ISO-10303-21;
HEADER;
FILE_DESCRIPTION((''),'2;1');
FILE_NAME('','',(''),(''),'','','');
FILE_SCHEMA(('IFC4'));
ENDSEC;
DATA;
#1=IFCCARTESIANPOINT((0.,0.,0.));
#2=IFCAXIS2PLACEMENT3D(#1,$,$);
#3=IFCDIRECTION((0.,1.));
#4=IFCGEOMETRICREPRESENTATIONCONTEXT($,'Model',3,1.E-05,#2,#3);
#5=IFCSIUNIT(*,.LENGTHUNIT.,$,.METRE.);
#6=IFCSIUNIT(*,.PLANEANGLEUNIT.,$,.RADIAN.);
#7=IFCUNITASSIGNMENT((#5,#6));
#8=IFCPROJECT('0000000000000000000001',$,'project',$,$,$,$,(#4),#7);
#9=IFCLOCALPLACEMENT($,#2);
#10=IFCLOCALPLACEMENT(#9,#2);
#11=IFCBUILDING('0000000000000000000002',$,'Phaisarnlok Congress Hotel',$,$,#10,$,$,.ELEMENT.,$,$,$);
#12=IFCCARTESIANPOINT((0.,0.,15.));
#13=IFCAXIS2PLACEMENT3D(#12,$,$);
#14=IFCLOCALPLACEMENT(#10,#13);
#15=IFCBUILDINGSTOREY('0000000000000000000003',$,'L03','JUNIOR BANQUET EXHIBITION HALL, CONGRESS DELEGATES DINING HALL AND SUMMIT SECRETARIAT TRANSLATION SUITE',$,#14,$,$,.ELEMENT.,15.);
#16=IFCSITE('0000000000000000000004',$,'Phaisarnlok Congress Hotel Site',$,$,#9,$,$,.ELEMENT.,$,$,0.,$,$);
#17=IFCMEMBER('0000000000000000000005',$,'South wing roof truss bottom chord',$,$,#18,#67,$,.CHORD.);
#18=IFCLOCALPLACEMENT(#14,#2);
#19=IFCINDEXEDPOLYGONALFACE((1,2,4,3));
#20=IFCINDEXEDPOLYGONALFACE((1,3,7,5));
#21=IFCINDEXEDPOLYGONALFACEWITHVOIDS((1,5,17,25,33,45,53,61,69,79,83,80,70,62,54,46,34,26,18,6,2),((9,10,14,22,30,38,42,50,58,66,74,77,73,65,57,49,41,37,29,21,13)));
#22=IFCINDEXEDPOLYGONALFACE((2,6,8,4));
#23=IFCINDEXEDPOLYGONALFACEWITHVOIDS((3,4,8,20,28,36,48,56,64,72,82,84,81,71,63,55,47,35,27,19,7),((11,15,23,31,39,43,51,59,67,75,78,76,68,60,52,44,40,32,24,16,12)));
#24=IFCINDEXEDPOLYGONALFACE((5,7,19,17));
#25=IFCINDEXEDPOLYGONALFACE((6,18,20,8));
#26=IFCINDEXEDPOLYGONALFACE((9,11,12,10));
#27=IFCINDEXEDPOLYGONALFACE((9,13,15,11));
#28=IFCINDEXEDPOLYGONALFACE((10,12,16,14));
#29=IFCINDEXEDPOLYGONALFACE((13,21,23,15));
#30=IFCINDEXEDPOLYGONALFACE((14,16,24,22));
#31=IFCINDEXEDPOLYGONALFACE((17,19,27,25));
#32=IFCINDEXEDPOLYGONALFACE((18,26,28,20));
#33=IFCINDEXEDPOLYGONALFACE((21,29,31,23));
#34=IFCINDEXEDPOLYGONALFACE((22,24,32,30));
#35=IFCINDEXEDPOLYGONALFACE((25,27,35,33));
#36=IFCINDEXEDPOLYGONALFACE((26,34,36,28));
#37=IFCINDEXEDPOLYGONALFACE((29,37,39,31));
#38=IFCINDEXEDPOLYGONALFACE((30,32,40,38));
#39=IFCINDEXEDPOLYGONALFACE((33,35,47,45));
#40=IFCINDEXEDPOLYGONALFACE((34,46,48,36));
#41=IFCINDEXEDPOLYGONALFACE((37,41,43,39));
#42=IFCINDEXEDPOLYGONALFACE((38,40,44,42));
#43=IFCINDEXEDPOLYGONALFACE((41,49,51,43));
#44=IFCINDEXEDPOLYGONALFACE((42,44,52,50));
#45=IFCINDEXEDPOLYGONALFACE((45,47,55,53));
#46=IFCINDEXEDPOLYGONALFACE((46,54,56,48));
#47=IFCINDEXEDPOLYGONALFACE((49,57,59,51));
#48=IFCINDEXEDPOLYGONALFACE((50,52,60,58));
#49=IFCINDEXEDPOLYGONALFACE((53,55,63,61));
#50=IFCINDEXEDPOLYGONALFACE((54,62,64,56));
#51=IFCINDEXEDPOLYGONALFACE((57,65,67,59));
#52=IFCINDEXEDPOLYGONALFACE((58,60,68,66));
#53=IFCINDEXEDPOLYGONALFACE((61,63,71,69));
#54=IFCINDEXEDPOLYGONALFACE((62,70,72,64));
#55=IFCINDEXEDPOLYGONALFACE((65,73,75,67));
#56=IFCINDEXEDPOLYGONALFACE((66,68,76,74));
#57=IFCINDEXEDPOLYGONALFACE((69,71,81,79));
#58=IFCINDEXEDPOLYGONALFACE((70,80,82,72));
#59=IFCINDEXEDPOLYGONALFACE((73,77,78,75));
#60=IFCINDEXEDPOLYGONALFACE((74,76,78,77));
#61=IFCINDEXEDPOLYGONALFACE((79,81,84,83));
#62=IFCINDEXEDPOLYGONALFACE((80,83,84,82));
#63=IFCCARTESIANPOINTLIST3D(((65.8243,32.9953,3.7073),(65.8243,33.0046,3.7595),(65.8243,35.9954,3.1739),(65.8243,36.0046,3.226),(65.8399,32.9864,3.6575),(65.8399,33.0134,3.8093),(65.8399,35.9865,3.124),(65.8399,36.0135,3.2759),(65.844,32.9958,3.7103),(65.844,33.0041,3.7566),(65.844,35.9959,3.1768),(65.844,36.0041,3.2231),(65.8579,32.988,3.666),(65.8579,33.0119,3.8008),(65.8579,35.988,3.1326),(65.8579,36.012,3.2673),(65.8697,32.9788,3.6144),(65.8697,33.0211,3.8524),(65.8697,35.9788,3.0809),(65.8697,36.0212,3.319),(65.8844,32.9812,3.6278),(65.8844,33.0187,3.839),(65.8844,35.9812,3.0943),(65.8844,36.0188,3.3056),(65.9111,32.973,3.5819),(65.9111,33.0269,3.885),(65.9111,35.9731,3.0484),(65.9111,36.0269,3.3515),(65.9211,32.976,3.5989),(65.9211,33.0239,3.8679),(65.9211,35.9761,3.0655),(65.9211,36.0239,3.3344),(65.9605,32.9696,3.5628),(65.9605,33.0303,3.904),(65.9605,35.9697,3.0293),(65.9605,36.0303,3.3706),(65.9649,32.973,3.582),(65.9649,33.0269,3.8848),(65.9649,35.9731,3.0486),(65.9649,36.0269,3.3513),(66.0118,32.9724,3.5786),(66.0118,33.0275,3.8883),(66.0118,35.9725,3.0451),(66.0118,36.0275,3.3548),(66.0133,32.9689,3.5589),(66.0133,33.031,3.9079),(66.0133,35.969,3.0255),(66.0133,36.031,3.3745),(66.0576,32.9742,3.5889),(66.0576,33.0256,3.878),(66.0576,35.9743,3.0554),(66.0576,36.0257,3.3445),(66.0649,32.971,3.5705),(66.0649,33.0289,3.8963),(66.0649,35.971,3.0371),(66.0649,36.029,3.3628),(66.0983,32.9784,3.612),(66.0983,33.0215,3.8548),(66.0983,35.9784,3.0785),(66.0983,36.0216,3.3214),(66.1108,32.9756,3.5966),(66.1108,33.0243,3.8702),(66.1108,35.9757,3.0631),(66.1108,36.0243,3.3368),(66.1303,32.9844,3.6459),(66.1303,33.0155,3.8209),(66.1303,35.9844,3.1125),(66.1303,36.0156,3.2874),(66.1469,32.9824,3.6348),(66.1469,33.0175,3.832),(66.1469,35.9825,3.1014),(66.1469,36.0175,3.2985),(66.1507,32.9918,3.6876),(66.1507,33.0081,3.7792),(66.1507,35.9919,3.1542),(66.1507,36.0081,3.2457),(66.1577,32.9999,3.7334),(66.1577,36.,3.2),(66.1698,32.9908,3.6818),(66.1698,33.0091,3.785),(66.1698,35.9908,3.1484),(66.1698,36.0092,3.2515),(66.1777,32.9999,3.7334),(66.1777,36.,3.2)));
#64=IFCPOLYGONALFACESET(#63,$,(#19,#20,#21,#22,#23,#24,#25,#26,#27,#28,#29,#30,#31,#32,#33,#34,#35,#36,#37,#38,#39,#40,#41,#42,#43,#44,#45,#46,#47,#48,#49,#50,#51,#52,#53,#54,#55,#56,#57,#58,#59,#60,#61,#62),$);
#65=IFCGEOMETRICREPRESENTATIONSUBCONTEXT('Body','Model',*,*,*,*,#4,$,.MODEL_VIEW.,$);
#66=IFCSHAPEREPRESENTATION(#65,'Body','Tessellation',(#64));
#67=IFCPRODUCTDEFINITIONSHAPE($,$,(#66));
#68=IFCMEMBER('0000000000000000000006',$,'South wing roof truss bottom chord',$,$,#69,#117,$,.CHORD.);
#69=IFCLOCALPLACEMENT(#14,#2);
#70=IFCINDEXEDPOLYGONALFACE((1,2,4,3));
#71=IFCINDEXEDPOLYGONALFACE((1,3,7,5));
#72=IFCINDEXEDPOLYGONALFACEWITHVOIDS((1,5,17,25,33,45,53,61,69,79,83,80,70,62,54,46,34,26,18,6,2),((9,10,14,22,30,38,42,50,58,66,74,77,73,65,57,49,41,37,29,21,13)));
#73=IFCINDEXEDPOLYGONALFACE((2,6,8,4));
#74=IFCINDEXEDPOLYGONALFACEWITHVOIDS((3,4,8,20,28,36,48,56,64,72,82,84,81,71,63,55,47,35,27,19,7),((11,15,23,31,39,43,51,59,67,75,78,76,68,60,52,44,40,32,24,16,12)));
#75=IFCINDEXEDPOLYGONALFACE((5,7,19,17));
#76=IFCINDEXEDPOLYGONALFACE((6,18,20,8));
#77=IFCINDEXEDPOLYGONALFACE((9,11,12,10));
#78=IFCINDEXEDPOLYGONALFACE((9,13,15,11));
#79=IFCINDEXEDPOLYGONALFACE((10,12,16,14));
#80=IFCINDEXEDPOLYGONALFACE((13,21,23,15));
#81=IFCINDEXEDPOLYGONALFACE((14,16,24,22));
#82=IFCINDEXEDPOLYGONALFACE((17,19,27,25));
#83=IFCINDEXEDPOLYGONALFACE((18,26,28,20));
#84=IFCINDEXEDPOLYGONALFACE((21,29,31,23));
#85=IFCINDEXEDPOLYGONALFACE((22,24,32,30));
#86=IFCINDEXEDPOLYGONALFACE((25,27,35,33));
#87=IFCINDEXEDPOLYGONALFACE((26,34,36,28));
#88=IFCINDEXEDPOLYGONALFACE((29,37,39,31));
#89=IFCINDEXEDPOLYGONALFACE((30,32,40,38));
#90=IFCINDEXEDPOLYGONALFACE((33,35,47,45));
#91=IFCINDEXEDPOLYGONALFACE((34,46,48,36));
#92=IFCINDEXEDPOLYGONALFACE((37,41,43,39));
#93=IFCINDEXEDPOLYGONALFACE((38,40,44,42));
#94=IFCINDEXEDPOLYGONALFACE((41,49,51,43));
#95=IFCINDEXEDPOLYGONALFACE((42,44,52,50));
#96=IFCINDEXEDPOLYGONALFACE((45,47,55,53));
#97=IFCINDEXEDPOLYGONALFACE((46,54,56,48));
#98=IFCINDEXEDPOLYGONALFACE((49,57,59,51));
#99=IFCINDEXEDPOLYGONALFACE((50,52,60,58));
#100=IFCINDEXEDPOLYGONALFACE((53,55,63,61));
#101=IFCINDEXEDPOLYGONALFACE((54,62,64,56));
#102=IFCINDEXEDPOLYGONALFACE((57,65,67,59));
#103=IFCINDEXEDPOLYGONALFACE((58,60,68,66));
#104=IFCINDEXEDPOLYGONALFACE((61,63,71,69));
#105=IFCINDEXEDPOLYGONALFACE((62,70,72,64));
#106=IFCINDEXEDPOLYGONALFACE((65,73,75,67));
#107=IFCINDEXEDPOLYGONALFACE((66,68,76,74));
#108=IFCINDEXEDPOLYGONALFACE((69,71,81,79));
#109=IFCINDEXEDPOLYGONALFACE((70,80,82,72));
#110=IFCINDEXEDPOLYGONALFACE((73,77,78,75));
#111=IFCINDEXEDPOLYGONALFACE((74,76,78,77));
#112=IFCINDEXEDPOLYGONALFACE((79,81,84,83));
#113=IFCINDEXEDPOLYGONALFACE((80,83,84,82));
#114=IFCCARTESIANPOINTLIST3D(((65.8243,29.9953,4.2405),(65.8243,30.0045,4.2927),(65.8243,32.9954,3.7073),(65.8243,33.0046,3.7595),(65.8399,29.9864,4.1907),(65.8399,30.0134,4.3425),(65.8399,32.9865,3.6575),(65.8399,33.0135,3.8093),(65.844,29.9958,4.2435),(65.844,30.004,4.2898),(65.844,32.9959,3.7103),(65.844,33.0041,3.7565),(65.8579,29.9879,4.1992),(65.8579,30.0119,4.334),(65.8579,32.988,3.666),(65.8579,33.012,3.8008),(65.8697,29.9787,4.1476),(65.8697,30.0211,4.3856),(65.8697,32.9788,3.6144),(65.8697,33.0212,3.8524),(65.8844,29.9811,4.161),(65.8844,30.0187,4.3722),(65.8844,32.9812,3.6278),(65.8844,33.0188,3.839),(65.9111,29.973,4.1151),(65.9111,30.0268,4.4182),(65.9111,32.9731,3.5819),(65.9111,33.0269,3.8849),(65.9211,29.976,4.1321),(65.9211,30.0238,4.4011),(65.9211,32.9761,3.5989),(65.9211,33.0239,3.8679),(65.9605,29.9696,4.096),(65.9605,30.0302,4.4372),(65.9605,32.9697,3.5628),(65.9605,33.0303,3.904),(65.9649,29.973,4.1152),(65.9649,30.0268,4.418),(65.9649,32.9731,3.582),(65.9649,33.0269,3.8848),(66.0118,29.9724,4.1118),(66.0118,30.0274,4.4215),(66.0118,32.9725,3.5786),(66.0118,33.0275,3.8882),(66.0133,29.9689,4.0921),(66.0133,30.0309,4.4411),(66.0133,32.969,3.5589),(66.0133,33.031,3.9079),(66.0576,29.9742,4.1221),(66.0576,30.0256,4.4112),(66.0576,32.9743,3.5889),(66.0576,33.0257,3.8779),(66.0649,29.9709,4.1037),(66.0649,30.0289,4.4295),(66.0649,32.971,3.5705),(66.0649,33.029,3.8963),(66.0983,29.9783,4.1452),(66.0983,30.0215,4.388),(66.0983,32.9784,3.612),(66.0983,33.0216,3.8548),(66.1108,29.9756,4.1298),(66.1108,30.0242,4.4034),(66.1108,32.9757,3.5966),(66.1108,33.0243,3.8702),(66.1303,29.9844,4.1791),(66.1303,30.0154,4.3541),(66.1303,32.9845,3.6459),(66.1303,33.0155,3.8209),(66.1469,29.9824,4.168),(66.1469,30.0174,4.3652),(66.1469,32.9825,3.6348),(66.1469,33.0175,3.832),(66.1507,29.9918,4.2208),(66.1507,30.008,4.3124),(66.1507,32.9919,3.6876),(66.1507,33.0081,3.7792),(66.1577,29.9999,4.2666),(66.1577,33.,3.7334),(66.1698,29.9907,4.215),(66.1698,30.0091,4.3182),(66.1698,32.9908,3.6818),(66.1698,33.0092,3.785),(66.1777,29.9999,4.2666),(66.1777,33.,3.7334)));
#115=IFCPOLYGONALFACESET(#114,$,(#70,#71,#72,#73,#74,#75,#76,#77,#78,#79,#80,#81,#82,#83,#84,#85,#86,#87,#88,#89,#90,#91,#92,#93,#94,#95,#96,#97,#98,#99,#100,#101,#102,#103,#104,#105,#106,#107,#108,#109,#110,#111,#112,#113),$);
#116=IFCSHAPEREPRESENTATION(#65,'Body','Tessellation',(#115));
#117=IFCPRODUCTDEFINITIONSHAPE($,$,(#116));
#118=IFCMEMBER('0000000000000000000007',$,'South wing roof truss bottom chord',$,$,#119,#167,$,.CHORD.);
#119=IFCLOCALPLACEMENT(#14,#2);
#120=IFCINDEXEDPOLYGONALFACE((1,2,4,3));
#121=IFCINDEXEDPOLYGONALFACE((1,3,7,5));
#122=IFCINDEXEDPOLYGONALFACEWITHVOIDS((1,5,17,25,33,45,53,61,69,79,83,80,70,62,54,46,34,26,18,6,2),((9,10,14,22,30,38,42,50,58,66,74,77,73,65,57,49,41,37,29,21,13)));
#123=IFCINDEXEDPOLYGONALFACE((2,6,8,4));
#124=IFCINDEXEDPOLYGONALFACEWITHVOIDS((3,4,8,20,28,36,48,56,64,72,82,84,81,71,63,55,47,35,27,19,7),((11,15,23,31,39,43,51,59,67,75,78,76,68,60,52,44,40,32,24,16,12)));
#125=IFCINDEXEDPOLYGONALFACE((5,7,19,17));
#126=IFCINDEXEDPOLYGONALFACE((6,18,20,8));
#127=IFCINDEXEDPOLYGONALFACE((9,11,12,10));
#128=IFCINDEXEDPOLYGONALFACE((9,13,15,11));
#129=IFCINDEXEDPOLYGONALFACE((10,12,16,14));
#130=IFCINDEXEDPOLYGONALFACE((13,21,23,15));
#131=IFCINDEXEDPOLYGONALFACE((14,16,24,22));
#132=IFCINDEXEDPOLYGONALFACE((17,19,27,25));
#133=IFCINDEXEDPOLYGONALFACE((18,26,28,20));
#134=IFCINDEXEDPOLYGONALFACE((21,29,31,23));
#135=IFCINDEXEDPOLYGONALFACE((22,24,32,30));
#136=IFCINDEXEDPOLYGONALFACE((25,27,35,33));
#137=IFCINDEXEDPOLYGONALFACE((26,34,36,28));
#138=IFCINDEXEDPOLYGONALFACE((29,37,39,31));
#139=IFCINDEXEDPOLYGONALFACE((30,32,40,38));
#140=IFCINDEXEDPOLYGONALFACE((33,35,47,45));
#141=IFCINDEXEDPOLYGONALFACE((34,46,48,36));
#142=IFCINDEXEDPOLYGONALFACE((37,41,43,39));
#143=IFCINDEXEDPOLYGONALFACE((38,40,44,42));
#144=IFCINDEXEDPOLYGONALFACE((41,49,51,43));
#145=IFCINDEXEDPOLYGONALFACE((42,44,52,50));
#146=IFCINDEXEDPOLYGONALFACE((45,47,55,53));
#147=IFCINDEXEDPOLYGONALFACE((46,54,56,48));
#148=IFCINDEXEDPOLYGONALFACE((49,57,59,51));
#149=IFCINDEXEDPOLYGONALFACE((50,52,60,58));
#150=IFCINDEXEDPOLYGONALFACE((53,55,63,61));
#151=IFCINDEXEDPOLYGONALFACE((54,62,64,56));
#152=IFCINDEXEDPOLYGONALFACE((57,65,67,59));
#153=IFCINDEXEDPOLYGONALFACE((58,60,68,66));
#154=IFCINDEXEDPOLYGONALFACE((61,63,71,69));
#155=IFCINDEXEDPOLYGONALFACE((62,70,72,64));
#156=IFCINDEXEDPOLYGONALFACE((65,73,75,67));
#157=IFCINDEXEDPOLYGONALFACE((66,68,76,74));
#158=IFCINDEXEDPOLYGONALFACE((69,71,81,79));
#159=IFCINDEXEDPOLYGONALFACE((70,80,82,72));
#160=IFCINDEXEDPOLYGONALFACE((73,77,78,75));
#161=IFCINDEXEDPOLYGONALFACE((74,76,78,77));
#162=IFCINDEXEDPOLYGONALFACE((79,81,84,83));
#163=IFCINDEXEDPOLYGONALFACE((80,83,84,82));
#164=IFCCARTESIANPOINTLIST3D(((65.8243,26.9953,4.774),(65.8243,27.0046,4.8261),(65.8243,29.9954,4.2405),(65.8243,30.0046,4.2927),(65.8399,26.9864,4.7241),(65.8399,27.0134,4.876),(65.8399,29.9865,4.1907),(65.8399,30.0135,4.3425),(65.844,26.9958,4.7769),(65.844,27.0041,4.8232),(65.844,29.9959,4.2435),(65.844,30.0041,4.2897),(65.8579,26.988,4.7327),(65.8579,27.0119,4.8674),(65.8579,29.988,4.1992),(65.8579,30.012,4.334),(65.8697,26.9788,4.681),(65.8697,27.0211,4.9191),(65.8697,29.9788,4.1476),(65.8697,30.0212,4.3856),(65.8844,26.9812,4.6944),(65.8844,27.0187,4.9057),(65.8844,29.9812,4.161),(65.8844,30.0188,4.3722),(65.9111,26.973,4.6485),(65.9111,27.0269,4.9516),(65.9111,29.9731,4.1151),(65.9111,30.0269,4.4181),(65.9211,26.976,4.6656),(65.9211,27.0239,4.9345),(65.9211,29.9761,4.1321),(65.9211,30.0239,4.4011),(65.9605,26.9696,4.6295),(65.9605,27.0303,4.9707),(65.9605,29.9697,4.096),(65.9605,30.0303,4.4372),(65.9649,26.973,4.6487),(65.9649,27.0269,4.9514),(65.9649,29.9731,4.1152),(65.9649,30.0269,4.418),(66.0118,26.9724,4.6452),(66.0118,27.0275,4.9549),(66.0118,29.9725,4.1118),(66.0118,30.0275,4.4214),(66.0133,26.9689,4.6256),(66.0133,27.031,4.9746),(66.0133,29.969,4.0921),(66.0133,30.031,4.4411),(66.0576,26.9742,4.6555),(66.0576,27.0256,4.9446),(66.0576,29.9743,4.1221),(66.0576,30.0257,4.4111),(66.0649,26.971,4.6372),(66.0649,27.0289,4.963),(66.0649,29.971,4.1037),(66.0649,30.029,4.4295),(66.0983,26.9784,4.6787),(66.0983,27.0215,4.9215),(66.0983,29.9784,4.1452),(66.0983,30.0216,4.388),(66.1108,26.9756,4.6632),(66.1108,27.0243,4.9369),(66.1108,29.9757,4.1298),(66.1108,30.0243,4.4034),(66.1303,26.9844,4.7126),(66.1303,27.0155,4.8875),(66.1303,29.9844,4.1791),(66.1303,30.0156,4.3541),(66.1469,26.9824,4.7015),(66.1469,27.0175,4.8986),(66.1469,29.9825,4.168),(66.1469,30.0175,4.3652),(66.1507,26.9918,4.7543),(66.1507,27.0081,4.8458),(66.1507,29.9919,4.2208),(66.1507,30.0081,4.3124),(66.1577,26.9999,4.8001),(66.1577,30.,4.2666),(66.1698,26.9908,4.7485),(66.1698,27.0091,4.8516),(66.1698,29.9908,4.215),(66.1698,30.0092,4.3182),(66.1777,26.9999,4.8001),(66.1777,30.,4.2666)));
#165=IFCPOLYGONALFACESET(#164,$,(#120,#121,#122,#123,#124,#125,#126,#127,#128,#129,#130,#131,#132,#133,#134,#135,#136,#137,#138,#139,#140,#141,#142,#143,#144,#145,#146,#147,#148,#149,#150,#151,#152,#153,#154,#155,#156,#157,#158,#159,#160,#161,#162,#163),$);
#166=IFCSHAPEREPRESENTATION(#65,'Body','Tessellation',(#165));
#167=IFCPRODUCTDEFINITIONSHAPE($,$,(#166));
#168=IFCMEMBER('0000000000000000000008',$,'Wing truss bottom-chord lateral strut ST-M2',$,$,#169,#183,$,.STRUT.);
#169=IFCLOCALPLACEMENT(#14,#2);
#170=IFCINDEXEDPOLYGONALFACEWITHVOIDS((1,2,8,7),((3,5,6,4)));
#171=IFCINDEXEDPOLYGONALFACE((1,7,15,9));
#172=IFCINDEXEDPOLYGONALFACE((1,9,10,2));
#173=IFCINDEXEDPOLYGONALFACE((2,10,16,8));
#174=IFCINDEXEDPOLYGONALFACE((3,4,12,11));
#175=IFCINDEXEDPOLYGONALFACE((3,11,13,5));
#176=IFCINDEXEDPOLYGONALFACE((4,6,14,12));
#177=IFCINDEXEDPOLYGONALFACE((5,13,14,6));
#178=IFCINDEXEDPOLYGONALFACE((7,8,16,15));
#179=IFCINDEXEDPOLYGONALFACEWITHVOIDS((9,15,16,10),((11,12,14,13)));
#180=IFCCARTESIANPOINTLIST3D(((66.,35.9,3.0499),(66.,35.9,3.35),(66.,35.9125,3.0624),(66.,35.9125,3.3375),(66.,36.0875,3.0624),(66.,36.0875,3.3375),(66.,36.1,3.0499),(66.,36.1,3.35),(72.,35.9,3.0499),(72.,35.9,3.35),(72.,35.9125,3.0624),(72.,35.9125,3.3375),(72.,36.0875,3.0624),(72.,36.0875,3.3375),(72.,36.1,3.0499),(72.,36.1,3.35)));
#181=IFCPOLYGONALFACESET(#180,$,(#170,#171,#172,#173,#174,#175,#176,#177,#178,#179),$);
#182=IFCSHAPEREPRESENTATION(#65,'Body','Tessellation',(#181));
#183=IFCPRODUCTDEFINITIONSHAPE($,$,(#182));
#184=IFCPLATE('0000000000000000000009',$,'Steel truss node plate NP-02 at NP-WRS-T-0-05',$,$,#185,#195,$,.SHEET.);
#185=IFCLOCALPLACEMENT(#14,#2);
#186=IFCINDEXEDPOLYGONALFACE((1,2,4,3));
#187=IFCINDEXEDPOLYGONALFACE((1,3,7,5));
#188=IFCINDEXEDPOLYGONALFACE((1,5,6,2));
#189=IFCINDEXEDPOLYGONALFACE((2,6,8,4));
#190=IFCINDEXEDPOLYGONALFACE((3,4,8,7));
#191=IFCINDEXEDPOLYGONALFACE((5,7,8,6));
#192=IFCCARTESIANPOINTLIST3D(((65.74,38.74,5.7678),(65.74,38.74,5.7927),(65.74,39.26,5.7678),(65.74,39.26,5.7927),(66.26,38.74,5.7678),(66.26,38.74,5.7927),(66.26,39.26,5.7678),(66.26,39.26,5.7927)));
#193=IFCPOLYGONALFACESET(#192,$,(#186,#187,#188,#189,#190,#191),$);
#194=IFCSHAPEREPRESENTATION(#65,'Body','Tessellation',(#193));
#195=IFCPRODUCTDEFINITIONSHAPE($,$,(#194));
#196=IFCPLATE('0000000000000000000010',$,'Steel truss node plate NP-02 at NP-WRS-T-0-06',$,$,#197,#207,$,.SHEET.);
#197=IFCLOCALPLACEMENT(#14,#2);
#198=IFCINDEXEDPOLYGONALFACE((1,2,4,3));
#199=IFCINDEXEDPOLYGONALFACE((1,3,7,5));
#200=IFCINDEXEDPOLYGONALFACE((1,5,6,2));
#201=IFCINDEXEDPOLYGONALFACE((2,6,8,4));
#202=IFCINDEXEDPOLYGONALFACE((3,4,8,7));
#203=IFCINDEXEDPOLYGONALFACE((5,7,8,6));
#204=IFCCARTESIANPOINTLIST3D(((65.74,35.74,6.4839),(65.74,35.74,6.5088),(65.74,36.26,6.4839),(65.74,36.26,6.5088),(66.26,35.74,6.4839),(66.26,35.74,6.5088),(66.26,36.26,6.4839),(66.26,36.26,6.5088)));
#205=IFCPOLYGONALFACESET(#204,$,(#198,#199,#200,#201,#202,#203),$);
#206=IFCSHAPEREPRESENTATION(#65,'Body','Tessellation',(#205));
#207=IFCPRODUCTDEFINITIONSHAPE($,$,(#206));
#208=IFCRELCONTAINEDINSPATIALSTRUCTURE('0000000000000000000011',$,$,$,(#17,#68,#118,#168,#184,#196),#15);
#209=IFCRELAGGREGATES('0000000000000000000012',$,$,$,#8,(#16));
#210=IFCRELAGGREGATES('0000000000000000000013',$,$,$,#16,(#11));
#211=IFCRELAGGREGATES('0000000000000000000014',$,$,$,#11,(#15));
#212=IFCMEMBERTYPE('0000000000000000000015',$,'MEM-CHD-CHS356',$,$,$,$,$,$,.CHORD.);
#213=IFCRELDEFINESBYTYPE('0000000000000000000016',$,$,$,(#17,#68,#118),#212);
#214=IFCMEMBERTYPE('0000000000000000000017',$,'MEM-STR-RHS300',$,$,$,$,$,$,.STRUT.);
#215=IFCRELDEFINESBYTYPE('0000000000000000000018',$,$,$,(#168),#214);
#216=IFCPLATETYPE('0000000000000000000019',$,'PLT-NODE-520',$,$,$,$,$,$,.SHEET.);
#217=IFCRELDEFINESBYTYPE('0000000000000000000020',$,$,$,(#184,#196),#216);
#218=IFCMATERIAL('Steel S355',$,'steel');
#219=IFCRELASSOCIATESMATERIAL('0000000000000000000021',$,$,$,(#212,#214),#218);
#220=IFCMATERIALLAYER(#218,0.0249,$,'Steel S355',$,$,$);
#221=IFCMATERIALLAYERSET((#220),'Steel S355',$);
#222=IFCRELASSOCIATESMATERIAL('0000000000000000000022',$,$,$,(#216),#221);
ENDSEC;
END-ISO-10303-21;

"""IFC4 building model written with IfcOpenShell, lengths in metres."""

from ifc_helpers import new_model, si_unit, direction, frame, origin, origin_2d, place, context, subcontext, project, spatial, rectangle, hollow_rectangle, hollow_circle, extrude, material, layer, layer_set, material_profile, profile_set, type_object, element, save


model = new_model("IFC4")

# Units and contexts
model_context = context("Model", 3, precision=1e-05, world=origin(), true_north=direction((0.0, 1.0)))
body_context = subcontext(model_context, "Body", "Model", "MODEL_VIEW")
ifc_project = project(units=[si_unit("LENGTHUNIT", "METRE"), si_unit("PLANEANGLEUNIT", "RADIAN")], contexts=[model_context])

# Site, building, storey
site_placement = place(None, origin())
site = spatial("IfcSite", under=ifc_project, at=site_placement, Name="Phaisarnlok Congress Hotel Site", CompositionType="ELEMENT", RefElevation=0.0)
building_placement = place(site_placement, origin())
building = spatial("IfcBuilding", under=site, at=building_placement, Name="Phaisarnlok Congress Hotel", CompositionType="ELEMENT")
storey_placement = place(building_placement, frame((0.0, 0.0, 15.0)))
storey = spatial("IfcBuildingStorey", under=building, at=storey_placement, Name="L03", Description="JUNIOR BANQUET EXHIBITION HALL, CONGRESS DELEGATES DINING HALL AND SUMMIT SECRETARIAT TRANSLATION SUITE", CompositionType="ELEMENT", Elevation=15.0)

# Shared definitions
ifc_material_1 = material(Name="Steel S355", Category="steel")

# Members
ifc_material_profile_1 = material_profile(ifc_material_1, hollow_circle(Radius=0.1777, WallThickness=0.02, at=origin_2d()), Name="CHS 355.6x20")
ifc_profile_set_1 = profile_set([ifc_material_profile_1], Name="Steel S355")
member_type_1 = type_object("IfcMemberType", Name="MEM-CHD-CHS356", PredefinedType="CHORD", material=ifc_profile_set_1)
for number, where, z_axis, x_axis, name in (
    (1, (66.0, 36.0, 3.2), (0.0, -0.984556, 0.17507), (1.0, 0.0, 0.0), "South wing roof truss bottom chord"),
    (2, (66.0, 33.0, 3.7334), (0.0, -0.98457, 0.174992), (1.0, 0.0, 0.0), "South wing roof truss bottom chord"),
    (3, (66.0, 30.0, 4.2666), (0.0, -0.984556, 0.17507), (1.0, 0.0, 0.0), "South wing roof truss bottom chord"),
):
    element("IfcMember", number, at=place(storey_placement, frame(where, z_axis=z_axis, x_axis=x_axis)), inside=storey, type_object=member_type_1, Name=name, PredefinedType="CHORD", context=body_context, shape_type="SweptSolid", body=[
        extrude(hollow_circle(Radius=0.1777, WallThickness=0.02, at=origin_2d()), origin(), (0.0, 0.0, 1.0), 3.0471),
    ])
ifc_material_profile_2 = material_profile(ifc_material_1, hollow_rectangle(XDim=0.2, YDim=0.3, WallThickness=0.0125, at=origin_2d()), Name="RHS 300x200x12.5")
ifc_profile_set_2 = profile_set([ifc_material_profile_2], Name="Steel S355")
member_type_2 = type_object("IfcMemberType", Name="MEM-STR-RHS300", PredefinedType="STRUT", material=ifc_profile_set_2)
member_1_placement = place(storey_placement, frame((66.0, 36.0, 3.2), z_axis=(1.0, 0.0, 0.0), x_axis=(0.0, 1.0, 0.0)))
element("IfcMember", 4, at=member_1_placement, inside=storey, type_object=member_type_2, Name="Wing truss bottom-chord lateral strut ST-M2", PredefinedType="STRUT", context=body_context, shape_type="SweptSolid", body=[
    extrude(hollow_rectangle(XDim=0.2, YDim=0.3, WallThickness=0.0125, at=origin_2d()), origin(), (0.0, 0.0, 1.0), 6.0),
])

# Plates
ifc_layer_1 = layer(ifc_material_1, 0.0249, Name="Steel S355")
ifc_layer_set_1 = layer_set([ifc_layer_1], Name="Steel S355")
plate_type_1 = type_object("IfcPlateType", Name="PLT-NODE-520", PredefinedType="SHEET", material=ifc_layer_set_1)
for number, where, z_axis, x_axis, name in (
    (5, (66.0, 39.0, 5.7678), (0.0, 0.0, 1.0), (1.0, 0.0, 0.0), "Steel truss node plate NP-02 at NP-WRS-T-0-05"),
    (6, (66.0, 36.0, 6.4839), (0.0, 0.0, 1.0), (1.0, 0.0, 0.0), "Steel truss node plate NP-02 at NP-WRS-T-0-06"),
):
    element("IfcPlate", number, at=place(storey_placement, frame(where, z_axis=z_axis, x_axis=x_axis)), inside=storey, type_object=plate_type_1, Name=name, PredefinedType="SHEET", context=body_context, shape_type="SweptSolid", body=[
        extrude(rectangle(XDim=0.52, YDim=0.52, at=origin_2d()), origin(), (0.0, 0.0, 1.0), 0.0249),
    ])

save(model, "model.ifc")
